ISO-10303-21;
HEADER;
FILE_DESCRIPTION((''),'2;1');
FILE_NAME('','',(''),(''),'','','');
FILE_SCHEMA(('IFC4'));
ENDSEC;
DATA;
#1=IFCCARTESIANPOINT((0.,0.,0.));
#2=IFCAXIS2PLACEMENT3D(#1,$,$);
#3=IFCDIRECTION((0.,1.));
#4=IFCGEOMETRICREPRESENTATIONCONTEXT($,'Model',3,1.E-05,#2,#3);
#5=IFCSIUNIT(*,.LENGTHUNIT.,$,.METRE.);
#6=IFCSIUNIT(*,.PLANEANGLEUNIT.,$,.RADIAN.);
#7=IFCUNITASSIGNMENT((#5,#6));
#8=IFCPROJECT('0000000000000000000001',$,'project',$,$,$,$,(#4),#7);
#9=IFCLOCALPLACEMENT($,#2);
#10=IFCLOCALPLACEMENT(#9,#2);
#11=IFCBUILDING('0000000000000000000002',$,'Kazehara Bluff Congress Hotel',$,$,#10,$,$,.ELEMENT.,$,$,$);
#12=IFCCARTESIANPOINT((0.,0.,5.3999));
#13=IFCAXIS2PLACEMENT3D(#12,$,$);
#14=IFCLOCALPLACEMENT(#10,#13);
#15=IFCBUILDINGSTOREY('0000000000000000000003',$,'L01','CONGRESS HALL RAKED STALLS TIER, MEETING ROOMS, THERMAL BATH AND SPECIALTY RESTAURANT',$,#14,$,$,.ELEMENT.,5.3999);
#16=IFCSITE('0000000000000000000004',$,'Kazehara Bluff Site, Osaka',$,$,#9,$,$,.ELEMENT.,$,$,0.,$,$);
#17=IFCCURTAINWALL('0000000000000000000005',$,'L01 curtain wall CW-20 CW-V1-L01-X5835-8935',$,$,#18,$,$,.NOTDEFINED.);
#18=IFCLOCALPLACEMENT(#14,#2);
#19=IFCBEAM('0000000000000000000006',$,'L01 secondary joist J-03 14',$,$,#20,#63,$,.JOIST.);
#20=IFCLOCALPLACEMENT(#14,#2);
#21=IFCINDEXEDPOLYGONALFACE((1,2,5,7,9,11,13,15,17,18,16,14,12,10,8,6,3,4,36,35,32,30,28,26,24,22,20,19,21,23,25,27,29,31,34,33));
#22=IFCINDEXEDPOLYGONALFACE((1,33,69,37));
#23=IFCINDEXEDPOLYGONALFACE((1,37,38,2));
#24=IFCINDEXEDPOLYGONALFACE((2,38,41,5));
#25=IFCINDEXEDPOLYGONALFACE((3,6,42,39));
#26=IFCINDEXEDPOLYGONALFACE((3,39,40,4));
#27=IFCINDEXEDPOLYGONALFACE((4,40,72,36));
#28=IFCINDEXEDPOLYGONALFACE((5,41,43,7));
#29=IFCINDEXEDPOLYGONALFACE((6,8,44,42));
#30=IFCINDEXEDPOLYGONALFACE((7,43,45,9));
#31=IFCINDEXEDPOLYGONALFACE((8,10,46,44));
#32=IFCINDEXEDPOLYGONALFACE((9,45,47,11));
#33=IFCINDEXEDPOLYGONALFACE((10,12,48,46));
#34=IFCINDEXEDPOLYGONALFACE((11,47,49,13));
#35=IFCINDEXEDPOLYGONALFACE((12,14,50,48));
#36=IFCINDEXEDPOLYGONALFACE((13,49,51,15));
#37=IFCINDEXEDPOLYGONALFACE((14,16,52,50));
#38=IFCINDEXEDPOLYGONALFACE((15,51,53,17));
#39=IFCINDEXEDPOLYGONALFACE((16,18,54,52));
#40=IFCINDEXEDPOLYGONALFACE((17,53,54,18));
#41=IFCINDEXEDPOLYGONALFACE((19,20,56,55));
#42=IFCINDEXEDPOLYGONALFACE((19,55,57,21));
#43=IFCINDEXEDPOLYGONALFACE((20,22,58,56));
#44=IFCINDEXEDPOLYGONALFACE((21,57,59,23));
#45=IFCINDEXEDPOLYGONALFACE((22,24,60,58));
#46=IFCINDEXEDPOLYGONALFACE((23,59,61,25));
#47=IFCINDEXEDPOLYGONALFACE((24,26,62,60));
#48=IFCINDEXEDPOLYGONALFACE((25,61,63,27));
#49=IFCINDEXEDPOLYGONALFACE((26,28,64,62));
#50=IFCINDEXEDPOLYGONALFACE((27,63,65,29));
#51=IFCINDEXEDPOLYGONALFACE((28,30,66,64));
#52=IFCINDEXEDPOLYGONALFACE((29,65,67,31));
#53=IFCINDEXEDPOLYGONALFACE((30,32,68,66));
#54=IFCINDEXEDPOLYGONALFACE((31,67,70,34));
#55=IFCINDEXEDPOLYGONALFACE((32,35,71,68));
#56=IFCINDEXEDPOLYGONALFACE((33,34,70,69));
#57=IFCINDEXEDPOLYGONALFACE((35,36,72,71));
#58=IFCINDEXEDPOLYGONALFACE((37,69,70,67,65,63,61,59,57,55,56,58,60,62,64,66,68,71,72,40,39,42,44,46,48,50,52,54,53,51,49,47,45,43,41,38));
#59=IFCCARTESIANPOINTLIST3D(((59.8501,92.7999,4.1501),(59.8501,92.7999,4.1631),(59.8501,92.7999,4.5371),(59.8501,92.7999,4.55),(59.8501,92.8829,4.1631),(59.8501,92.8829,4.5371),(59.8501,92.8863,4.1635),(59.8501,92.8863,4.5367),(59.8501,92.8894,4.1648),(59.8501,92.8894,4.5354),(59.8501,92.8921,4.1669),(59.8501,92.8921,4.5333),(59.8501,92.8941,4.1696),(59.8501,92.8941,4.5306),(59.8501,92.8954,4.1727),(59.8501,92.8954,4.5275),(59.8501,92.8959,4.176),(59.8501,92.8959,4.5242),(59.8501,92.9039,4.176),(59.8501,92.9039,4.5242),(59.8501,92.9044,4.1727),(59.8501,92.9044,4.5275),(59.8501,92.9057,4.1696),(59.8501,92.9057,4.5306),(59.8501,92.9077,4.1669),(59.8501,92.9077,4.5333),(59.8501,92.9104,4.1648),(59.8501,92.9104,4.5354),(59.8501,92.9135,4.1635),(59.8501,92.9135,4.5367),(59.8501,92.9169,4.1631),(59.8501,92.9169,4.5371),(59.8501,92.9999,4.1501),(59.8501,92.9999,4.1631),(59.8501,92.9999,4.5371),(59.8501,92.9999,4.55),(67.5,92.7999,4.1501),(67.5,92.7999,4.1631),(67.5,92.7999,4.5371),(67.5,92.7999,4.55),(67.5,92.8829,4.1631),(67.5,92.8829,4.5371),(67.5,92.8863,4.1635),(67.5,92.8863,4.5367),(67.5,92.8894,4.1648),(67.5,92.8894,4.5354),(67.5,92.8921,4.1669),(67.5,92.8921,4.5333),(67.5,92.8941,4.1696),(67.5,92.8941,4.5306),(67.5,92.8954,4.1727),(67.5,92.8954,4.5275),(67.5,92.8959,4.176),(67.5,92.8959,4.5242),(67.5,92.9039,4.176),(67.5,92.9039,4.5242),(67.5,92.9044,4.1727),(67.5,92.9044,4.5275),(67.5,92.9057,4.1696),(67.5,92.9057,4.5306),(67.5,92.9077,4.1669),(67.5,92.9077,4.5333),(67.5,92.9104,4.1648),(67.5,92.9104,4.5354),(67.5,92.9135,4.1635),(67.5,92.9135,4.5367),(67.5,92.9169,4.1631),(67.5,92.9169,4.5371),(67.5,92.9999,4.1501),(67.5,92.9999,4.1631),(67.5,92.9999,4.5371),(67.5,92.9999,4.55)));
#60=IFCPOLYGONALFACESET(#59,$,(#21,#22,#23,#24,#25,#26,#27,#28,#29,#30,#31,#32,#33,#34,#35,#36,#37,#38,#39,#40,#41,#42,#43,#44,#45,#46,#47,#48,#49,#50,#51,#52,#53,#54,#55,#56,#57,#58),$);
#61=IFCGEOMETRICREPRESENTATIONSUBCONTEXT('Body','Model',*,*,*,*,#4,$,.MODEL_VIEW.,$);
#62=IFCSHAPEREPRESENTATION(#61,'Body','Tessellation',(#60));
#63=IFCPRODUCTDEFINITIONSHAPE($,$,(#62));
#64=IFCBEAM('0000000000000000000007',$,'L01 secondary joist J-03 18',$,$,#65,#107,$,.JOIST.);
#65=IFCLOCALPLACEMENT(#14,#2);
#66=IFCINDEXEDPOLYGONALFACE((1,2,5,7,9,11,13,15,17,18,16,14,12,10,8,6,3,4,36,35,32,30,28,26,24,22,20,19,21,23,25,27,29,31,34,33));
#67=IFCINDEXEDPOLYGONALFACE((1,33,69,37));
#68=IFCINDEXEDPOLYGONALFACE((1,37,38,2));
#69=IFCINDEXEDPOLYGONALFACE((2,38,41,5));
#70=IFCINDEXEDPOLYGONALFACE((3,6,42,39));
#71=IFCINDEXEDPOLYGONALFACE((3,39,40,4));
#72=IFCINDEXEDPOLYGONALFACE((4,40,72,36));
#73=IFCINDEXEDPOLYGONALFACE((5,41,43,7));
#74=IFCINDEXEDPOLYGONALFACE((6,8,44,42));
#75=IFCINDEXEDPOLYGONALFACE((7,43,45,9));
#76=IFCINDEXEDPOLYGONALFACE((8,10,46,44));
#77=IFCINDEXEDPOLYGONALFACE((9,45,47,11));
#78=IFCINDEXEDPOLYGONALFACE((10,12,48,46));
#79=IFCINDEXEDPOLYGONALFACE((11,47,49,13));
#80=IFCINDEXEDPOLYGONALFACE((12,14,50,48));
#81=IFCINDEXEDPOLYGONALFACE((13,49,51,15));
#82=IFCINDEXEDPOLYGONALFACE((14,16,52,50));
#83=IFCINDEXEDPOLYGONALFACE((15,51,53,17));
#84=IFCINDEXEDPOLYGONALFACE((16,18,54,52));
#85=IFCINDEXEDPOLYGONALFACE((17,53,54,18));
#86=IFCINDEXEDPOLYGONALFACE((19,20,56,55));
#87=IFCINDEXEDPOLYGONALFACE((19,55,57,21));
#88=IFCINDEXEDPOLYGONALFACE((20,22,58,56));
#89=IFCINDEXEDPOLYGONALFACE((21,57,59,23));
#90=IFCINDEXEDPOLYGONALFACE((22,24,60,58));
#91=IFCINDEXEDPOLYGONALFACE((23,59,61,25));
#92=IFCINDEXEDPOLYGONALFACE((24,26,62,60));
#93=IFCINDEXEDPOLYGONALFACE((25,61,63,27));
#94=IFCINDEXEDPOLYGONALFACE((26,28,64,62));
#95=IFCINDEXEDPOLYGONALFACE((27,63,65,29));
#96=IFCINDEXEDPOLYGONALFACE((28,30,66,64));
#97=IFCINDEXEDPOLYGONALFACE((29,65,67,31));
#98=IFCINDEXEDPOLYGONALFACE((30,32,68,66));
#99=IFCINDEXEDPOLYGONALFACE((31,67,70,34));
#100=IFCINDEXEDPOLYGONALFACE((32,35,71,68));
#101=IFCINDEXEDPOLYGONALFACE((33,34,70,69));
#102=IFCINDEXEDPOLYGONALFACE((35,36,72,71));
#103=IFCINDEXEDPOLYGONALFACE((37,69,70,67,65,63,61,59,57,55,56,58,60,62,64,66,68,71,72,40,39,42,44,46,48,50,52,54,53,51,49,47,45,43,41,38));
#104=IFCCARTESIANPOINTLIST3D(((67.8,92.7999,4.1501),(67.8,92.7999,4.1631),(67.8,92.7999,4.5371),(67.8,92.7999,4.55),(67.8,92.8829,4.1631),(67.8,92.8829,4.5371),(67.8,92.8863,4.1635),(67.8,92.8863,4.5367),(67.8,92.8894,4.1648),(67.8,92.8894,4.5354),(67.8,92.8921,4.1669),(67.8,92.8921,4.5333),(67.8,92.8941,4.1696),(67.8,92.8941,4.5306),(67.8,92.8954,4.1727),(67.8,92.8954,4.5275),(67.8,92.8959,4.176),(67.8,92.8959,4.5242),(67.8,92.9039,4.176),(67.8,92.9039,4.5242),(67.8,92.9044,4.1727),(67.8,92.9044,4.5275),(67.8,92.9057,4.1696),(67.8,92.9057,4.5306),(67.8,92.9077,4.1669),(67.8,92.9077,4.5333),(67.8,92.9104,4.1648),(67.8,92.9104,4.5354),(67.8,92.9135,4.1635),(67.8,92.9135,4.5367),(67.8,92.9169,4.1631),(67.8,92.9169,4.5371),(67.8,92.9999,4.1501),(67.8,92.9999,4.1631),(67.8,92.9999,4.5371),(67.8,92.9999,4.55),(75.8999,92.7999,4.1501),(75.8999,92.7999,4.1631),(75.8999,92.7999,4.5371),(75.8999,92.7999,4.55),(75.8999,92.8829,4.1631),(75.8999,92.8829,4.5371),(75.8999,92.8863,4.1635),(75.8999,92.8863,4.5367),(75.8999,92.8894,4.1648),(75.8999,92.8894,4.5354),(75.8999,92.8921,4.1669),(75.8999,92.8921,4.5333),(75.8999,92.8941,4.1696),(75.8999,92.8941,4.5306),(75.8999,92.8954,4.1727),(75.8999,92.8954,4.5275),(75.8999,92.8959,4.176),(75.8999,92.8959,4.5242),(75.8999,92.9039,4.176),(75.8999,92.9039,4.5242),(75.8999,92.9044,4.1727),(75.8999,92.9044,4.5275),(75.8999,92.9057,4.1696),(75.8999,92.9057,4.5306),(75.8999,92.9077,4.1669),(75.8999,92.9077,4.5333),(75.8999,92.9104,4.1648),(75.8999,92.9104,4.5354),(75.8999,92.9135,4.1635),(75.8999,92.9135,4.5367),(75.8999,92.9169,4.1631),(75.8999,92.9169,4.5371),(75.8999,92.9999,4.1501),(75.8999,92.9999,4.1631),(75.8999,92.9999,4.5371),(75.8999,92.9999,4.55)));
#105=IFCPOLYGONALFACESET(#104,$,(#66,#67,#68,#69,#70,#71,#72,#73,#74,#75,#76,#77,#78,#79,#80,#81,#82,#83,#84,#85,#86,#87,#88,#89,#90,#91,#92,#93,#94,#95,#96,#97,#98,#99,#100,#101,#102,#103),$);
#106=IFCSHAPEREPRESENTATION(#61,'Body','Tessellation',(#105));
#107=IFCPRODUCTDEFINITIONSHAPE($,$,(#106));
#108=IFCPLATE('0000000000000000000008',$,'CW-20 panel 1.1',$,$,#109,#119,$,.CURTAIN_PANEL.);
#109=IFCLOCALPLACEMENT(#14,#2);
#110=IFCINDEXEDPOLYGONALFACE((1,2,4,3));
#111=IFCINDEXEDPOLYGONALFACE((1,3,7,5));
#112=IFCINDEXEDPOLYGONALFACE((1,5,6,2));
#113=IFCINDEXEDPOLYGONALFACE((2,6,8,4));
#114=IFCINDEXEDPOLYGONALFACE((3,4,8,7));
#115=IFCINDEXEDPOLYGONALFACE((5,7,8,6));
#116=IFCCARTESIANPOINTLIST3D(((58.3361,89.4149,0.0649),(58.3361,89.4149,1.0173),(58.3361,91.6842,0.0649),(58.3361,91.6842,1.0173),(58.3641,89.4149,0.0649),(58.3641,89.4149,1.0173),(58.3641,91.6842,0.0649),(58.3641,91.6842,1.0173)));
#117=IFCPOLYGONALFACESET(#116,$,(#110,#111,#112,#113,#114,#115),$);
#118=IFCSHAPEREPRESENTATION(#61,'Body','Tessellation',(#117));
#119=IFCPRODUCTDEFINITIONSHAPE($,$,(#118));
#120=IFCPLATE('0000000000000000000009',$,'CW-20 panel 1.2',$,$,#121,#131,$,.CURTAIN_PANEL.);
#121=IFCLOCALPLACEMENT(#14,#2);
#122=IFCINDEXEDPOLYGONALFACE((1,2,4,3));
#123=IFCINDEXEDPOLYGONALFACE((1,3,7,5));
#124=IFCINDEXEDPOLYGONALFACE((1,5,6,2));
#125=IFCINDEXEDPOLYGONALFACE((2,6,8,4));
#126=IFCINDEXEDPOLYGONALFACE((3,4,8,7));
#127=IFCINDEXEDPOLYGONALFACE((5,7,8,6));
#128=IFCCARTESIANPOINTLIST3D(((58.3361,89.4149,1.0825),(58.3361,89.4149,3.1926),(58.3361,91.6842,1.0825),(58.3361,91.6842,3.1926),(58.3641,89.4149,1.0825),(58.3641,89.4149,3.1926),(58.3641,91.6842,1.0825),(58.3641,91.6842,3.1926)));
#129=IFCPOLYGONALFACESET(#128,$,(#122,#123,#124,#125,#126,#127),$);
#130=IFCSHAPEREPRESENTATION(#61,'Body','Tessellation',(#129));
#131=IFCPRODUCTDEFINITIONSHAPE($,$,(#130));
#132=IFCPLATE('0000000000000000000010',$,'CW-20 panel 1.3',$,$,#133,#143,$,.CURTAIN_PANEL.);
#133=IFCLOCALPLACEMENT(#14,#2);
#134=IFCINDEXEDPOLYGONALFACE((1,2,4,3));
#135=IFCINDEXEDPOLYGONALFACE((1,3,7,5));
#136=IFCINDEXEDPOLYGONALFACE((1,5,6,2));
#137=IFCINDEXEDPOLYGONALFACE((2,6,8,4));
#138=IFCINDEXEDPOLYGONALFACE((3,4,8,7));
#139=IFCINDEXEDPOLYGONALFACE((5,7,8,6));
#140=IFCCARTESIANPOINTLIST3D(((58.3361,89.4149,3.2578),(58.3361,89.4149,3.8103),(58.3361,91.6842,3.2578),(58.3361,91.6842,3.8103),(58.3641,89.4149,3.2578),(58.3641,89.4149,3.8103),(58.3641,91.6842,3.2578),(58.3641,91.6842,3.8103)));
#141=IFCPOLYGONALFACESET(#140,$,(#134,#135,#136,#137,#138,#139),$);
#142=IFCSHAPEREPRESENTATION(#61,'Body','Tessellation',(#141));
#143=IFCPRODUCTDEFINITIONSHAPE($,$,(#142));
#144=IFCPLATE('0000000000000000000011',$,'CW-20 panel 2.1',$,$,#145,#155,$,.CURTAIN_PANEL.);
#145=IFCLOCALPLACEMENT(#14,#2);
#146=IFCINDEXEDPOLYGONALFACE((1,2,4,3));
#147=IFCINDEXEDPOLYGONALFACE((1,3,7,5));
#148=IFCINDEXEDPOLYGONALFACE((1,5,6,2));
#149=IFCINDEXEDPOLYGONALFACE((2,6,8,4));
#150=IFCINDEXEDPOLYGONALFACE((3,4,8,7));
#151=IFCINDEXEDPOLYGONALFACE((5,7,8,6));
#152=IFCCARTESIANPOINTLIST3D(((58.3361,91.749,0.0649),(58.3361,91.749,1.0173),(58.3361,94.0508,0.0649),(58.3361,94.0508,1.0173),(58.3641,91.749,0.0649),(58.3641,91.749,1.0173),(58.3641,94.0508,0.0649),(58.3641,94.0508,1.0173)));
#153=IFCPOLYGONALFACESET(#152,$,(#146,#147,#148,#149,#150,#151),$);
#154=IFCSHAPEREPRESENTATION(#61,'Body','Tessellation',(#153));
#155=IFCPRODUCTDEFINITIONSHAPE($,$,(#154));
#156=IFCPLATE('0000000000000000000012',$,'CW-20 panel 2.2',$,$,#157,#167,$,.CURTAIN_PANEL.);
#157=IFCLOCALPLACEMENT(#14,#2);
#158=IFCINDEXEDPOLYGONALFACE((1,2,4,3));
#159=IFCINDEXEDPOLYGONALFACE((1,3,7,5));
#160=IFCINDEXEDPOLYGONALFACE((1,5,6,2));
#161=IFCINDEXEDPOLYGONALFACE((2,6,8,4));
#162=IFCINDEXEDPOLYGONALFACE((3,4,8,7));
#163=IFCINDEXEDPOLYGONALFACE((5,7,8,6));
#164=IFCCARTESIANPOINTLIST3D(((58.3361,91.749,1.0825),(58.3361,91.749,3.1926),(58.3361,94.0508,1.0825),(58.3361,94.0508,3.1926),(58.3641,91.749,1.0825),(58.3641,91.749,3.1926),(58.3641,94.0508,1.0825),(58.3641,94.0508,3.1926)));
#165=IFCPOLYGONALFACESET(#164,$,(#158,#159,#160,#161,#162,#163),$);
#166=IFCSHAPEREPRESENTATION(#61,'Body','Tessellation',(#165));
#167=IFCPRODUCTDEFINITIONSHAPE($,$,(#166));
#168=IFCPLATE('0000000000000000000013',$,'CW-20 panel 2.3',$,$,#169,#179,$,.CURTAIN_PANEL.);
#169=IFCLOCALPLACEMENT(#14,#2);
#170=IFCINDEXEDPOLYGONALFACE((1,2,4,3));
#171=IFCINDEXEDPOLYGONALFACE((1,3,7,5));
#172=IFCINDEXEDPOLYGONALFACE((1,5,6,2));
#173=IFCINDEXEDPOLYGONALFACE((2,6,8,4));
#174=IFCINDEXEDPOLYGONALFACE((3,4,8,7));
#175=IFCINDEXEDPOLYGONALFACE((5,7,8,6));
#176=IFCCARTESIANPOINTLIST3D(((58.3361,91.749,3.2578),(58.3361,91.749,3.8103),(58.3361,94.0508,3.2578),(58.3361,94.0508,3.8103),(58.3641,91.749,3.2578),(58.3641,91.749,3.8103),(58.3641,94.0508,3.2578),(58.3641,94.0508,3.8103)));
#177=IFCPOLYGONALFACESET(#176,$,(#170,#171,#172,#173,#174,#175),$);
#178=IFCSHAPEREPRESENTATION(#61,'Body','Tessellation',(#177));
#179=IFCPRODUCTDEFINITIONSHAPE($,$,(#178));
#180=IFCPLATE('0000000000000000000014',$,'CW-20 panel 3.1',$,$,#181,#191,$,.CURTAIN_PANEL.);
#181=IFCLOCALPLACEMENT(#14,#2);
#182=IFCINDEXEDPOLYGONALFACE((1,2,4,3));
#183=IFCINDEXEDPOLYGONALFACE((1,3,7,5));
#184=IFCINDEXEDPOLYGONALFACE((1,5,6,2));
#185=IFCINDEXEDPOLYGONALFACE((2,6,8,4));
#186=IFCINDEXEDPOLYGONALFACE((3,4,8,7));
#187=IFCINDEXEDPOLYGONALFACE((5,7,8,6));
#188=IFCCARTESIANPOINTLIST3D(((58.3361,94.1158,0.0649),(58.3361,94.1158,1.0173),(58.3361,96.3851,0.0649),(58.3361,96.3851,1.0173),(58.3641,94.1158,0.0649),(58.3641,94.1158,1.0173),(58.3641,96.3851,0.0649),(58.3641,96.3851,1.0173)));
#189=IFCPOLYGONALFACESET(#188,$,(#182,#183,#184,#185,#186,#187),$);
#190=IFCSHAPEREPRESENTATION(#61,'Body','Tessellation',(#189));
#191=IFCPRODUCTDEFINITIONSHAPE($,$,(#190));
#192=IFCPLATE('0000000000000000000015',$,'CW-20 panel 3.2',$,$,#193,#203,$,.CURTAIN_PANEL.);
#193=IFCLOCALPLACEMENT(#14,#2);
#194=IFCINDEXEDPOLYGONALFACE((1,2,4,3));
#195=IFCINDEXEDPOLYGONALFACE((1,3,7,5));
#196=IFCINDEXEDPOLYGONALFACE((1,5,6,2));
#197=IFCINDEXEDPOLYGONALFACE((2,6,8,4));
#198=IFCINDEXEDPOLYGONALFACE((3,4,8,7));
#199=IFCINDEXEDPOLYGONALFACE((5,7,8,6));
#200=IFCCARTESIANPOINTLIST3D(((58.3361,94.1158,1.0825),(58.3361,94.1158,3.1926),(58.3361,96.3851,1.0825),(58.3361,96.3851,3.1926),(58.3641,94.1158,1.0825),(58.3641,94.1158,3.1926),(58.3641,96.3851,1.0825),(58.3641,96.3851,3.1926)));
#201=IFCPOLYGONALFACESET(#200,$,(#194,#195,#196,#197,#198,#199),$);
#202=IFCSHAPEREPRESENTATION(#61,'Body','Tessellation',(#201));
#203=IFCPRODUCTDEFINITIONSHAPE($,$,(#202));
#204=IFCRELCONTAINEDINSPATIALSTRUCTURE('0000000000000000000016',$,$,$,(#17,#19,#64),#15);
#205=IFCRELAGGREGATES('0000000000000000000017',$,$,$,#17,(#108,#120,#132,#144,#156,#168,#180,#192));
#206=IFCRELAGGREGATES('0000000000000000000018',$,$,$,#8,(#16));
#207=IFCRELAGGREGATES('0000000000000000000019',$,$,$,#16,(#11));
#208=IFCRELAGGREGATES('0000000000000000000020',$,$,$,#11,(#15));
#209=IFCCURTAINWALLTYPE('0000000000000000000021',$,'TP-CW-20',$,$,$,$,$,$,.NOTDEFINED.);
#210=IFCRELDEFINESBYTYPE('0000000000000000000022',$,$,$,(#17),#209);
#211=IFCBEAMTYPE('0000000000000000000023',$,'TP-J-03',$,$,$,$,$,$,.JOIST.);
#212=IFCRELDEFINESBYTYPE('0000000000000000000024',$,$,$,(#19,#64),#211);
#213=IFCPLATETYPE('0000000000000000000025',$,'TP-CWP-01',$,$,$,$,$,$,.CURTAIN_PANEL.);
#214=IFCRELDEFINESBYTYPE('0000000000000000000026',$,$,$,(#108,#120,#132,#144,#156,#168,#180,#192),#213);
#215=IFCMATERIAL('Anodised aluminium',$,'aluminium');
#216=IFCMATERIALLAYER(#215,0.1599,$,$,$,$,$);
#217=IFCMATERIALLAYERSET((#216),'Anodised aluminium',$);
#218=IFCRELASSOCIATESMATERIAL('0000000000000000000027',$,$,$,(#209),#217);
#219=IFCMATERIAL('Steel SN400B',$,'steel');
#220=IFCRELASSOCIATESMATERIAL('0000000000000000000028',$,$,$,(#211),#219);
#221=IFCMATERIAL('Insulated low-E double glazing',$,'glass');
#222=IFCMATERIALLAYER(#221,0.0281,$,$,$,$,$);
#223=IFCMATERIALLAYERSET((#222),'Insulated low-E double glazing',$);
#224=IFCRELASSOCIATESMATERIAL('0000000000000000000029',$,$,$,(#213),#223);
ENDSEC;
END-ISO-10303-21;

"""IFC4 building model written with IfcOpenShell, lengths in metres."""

from ifc_helpers import new_model, si_unit, direction, frame, origin, origin_2d, place, context, subcontext, project, spatial, rectangle, i_section, extrude, material, layer, layer_set, material_profile, profile_set, type_object, element, aggregate, save


model = new_model("IFC4")

# Units and contexts
model_context = context("Model", 3, precision=1e-05, world=origin(), true_north=direction((0.0, 1.0)))
body_context = subcontext(model_context, "Body", "Model", "MODEL_VIEW")
ifc_project = project(units=[si_unit("LENGTHUNIT", "METRE"), si_unit("PLANEANGLEUNIT", "RADIAN")], contexts=[model_context])

# Site, building, storey
site_placement = place(None, origin())
site = spatial("IfcSite", under=ifc_project, at=site_placement, Name="Kazehara Bluff Site, Osaka", CompositionType="ELEMENT", RefElevation=0.0)
building_placement = place(site_placement, origin())
building = spatial("IfcBuilding", under=site, at=building_placement, Name="Kazehara Bluff Congress Hotel", CompositionType="ELEMENT")
storey_placement = place(building_placement, frame((0.0, 0.0, 5.3999)))
storey = spatial("IfcBuildingStorey", under=building, at=storey_placement, Name="L01", Description="CONGRESS HALL RAKED STALLS TIER, MEETING ROOMS, THERMAL BATH AND SPECIALTY RESTAURANT", CompositionType="ELEMENT", Elevation=5.3999)

# Curtain wall
ifc_material_1 = material(Name="Anodised aluminium", Category="aluminium")
ifc_layer_1 = layer(ifc_material_1, 0.1599)
ifc_layer_set_1 = layer_set([ifc_layer_1], Name="Anodised aluminium")
curtain_wall_type = type_object("IfcCurtainWallType", Name="TP-CW-20", PredefinedType="NOTDEFINED", material=ifc_layer_set_1)
curtain_wall_placement = place(storey_placement, origin())
curtain_wall = element("IfcCurtainWall", 1, at=curtain_wall_placement, inside=storey, type_object=curtain_wall_type, Name="L01 curtain wall CW-20 CW-V1-L01-X5835-8935", PredefinedType="NOTDEFINED")

# Beams
ifc_material_2 = material(Name="Steel SN400B", Category="steel")
ifc_material_profile_1 = material_profile(ifc_material_2, i_section(OverallWidth=0.2, OverallDepth=0.3999, WebThickness=0.0081, FlangeThickness=0.0129, FilletRadius=0.0129, at=origin_2d()))
ifc_profile_set_1 = profile_set([ifc_material_profile_1], Name="Steel SN400B")
beam_type_1 = type_object("IfcBeamType", Name="TP-J-03", PredefinedType="JOIST", material=ifc_profile_set_1)
beam_1_placement = place(storey_placement, frame((59.8501, 92.8999, 4.3501), z_axis=(1.0, 0.0, 0.0), x_axis=(0.0, 1.0, 0.0)))
element("IfcBeam", 2, at=beam_1_placement, inside=storey, type_object=beam_type_1, Name="L01 secondary joist J-03 14", PredefinedType="JOIST", context=body_context, shape_type="SweptSolid", body=[
    extrude(i_section(OverallWidth=0.2, OverallDepth=0.3999, WebThickness=0.0081, FlangeThickness=0.0129, FilletRadius=0.0129, at=origin_2d()), origin(), (0.0, 0.0, 1.0), 7.6499),
])
beam_2_placement = place(storey_placement, frame((67.8, 92.8999, 4.3501), z_axis=(1.0, 0.0, 0.0), x_axis=(0.0, 1.0, 0.0)))
element("IfcBeam", 3, at=beam_2_placement, inside=storey, type_object=beam_type_1, Name="L01 secondary joist J-03 18", PredefinedType="JOIST", context=body_context, shape_type="SweptSolid", body=[
    extrude(i_section(OverallWidth=0.2, OverallDepth=0.3999, WebThickness=0.0081, FlangeThickness=0.0129, FilletRadius=0.0129, at=origin_2d()), origin(), (0.0, 0.0, 1.0), 8.0999),
])

# Plates
ifc_material_3 = material(Name="Insulated low-E double glazing", Category="glass")
ifc_layer_2 = layer(ifc_material_3, 0.0281)
ifc_layer_set_2 = layer_set([ifc_layer_2], Name="Insulated low-E double glazing")
plate_type = type_object("IfcPlateType", Name="TP-CWP-01", PredefinedType="CURTAIN_PANEL", material=ifc_layer_set_2)
plate_1_placement = place(storey_placement, frame((58.3501, 90.5496, 0.0649), z_axis=(0.0, 0.0, 1.0), x_axis=(0.0, 1.0, 0.0)))
plate_1 = element("IfcPlate", 4, at=plate_1_placement, type_object=plate_type, Name="CW-20 panel 1.1", PredefinedType="CURTAIN_PANEL", context=body_context, shape_type="SweptSolid", body=[
    extrude(rectangle(XDim=2.2693, YDim=0.0281, at=origin_2d()), origin(), (0.0, 0.0, 1.0), 0.9524),
])
plate_2_placement = place(storey_placement, frame((58.3501, 90.5496, 1.0825), z_axis=(0.0, 0.0, 1.0), x_axis=(0.0, 1.0, 0.0)))
plate_2 = element("IfcPlate", 5, at=plate_2_placement, type_object=plate_type, Name="CW-20 panel 1.2", PredefinedType="CURTAIN_PANEL", context=body_context, shape_type="SweptSolid", body=[
    extrude(rectangle(XDim=2.2693, YDim=0.0281, at=origin_2d()), origin(), (0.0, 0.0, 1.0), 2.1101),
])
plate_3_placement = place(storey_placement, frame((58.3501, 90.5496, 3.2578), z_axis=(0.0, 0.0, 1.0), x_axis=(0.0, 1.0, 0.0)))
plate_3 = element("IfcPlate", 6, at=plate_3_placement, type_object=plate_type, Name="CW-20 panel 1.3", PredefinedType="CURTAIN_PANEL", context=body_context, shape_type="SweptSolid", body=[
    extrude(rectangle(XDim=2.2693, YDim=0.0281, at=origin_2d()), origin(), (0.0, 0.0, 1.0), 0.5525),
])
plate_4_placement = place(storey_placement, frame((58.3501, 92.8999, 0.0649), z_axis=(0.0, 0.0, 1.0), x_axis=(0.0, 1.0, 0.0)))
plate_4 = element("IfcPlate", 7, at=plate_4_placement, type_object=plate_type, Name="CW-20 panel 2.1", PredefinedType="CURTAIN_PANEL", context=body_context, shape_type="SweptSolid", body=[
    extrude(rectangle(XDim=2.3018, YDim=0.0281, at=origin_2d()), origin(), (0.0, 0.0, 1.0), 0.9524),
])
plate_5_placement = place(storey_placement, frame((58.3501, 92.8999, 1.0825), z_axis=(0.0, 0.0, 1.0), x_axis=(0.0, 1.0, 0.0)))
plate_5 = element("IfcPlate", 8, at=plate_5_placement, type_object=plate_type, Name="CW-20 panel 2.2", PredefinedType="CURTAIN_PANEL", context=body_context, shape_type="SweptSolid", body=[
    extrude(rectangle(XDim=2.3018, YDim=0.0281, at=origin_2d()), origin(), (0.0, 0.0, 1.0), 2.1101),
])
plate_6_placement = place(storey_placement, frame((58.3501, 92.8999, 3.2578), z_axis=(0.0, 0.0, 1.0), x_axis=(0.0, 1.0, 0.0)))
plate_6 = element("IfcPlate", 9, at=plate_6_placement, type_object=plate_type, Name="CW-20 panel 2.3", PredefinedType="CURTAIN_PANEL", context=body_context, shape_type="SweptSolid", body=[
    extrude(rectangle(XDim=2.3018, YDim=0.0281, at=origin_2d()), origin(), (0.0, 0.0, 1.0), 0.5525),
])
plate_7_placement = place(storey_placement, frame((58.3501, 95.2505, 0.0649), z_axis=(0.0, 0.0, 1.0), x_axis=(0.0, 1.0, 0.0)))
plate_7 = element("IfcPlate", 10, at=plate_7_placement, type_object=plate_type, Name="CW-20 panel 3.1", PredefinedType="CURTAIN_PANEL", context=body_context, shape_type="SweptSolid", body=[
    extrude(rectangle(XDim=2.2693, YDim=0.0281, at=origin_2d()), origin(), (0.0, 0.0, 1.0), 0.9524),
])
plate_8_placement = place(storey_placement, frame((58.3501, 95.2505, 1.0825), z_axis=(0.0, 0.0, 1.0), x_axis=(0.0, 1.0, 0.0)))
plate_8 = element("IfcPlate", 11, at=plate_8_placement, type_object=plate_type, Name="CW-20 panel 3.2", PredefinedType="CURTAIN_PANEL", context=body_context, shape_type="SweptSolid", body=[
    extrude(rectangle(XDim=2.2693, YDim=0.0281, at=origin_2d()), origin(), (0.0, 0.0, 1.0), 2.1101),
])
aggregate(curtain_wall, [plate_1, plate_2, plate_3, plate_4, plate_5, plate_6, plate_7, plate_8])

save(model, "model.ifc")
